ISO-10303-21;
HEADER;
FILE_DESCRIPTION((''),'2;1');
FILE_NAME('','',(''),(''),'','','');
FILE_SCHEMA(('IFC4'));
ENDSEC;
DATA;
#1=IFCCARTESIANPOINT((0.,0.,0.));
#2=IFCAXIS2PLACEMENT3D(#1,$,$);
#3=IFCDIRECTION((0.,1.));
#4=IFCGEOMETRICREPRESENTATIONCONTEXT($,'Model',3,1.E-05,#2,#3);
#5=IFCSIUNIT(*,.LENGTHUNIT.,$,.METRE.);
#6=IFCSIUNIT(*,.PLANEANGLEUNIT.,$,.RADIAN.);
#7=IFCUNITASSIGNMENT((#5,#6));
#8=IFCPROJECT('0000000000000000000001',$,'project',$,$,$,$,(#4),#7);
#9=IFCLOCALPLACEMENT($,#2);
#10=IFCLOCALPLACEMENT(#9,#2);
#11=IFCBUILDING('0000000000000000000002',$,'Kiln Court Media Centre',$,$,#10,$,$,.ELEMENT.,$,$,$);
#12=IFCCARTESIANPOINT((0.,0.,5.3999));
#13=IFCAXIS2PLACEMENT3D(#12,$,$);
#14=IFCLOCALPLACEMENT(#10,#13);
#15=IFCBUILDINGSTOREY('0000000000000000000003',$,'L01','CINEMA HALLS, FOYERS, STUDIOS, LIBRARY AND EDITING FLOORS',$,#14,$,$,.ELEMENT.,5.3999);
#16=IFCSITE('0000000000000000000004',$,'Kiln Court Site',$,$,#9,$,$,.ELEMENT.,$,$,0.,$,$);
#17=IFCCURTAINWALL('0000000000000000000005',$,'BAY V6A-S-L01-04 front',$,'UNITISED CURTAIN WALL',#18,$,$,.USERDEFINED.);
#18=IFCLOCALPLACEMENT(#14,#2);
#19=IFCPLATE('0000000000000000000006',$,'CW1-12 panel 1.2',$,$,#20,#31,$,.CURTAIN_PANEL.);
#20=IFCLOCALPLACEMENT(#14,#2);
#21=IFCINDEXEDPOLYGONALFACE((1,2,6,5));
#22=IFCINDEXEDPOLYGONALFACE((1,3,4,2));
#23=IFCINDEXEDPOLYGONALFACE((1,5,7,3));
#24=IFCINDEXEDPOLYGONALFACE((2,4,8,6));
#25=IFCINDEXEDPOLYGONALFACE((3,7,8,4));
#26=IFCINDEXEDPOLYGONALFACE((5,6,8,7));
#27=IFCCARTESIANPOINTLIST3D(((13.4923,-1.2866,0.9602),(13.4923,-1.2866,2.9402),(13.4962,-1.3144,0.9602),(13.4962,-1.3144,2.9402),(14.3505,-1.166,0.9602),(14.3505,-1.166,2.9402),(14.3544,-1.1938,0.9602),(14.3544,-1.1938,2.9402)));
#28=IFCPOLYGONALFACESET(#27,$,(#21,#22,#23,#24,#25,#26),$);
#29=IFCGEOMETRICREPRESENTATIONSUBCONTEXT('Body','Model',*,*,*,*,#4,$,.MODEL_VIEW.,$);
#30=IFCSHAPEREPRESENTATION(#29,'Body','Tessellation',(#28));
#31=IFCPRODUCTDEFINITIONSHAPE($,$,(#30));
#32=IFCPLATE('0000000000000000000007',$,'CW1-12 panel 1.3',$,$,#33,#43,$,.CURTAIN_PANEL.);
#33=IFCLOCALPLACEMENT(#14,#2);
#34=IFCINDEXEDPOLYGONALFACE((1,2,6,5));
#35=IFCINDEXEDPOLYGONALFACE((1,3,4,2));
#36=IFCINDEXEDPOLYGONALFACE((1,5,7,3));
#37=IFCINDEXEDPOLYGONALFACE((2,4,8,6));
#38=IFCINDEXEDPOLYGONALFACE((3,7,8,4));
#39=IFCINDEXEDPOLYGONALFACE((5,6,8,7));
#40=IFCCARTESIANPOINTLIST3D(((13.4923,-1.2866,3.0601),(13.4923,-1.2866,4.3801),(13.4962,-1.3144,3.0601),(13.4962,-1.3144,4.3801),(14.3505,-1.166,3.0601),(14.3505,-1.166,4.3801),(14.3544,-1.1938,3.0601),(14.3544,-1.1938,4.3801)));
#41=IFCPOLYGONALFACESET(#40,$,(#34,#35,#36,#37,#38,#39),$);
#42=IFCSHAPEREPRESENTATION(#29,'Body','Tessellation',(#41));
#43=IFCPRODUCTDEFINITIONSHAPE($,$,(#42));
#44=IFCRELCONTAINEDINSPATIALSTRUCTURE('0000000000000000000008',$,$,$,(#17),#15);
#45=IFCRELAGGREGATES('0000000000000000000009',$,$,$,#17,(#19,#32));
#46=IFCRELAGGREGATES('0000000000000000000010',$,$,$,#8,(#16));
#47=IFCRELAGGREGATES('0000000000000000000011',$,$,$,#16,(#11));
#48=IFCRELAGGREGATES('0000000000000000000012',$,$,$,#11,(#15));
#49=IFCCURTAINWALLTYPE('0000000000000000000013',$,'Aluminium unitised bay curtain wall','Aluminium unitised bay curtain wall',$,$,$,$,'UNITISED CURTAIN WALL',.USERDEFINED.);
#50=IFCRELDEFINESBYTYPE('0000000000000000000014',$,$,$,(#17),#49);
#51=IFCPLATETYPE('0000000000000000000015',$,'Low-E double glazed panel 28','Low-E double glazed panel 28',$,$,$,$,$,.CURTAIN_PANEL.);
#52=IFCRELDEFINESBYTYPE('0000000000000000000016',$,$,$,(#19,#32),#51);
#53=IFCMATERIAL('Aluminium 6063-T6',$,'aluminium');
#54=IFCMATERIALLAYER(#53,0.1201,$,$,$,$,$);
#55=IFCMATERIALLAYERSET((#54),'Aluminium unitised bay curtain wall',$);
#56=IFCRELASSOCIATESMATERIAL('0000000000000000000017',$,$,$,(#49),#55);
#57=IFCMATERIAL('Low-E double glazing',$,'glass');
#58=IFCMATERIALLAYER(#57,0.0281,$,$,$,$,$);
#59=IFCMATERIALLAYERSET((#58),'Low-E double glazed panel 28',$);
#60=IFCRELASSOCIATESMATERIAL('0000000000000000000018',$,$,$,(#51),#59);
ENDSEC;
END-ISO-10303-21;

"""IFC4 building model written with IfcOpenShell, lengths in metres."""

from ifc_helpers import new_model, si_unit, direction, frame, origin, origin_2d, place, context, subcontext, project, spatial, rectangle, extrude, material, layer, layer_set, type_object, element, aggregate, save


model = new_model("IFC4")

# Units and contexts
model_context = context("Model", 3, precision=1e-05, world=origin(), true_north=direction((0.0, 1.0)))
body_context = subcontext(model_context, "Body", "Model", "MODEL_VIEW")
ifc_project = project(units=[si_unit("LENGTHUNIT", "METRE"), si_unit("PLANEANGLEUNIT", "RADIAN")], contexts=[model_context])

# Site, building, storey
site_placement = place(None, origin())
site = spatial("IfcSite", under=ifc_project, at=site_placement, Name="Kiln Court Site", CompositionType="ELEMENT", RefElevation=0.0)
building_placement = place(site_placement, origin())
building = spatial("IfcBuilding", under=site, at=building_placement, Name="Kiln Court Media Centre", CompositionType="ELEMENT")
storey_placement = place(building_placement, frame((0.0, 0.0, 5.3999)))
storey = spatial("IfcBuildingStorey", under=building, at=storey_placement, Name="L01", Description="CINEMA HALLS, FOYERS, STUDIOS, LIBRARY AND EDITING FLOORS", CompositionType="ELEMENT", Elevation=5.3999)

# Curtain wall
ifc_material_1 = material(Name="Aluminium 6063-T6", Category="aluminium")
ifc_layer_1 = layer(ifc_material_1, 0.1201)
ifc_layer_set_1 = layer_set([ifc_layer_1], Name="Aluminium unitised bay curtain wall")
curtain_wall_type = type_object("IfcCurtainWallType", Name="Aluminium unitised bay curtain wall", Description="Aluminium unitised bay curtain wall", ElementType="UNITISED CURTAIN WALL", PredefinedType="USERDEFINED", material=ifc_layer_set_1)
curtain_wall_1_placement = place(storey_placement, origin())
curtain_wall_1 = element("IfcCurtainWall", 1, at=curtain_wall_1_placement, inside=storey, type_object=curtain_wall_type, Name="BAY V6A-S-L01-04 front", ObjectType="UNITISED CURTAIN WALL", PredefinedType="USERDEFINED")

# Plates
ifc_material_2 = material(Name="Low-E double glazing", Category="glass")
ifc_layer_2 = layer(ifc_material_2, 0.0281)
ifc_layer_set_2 = layer_set([ifc_layer_2], Name="Low-E double glazed panel 28")
plate_type_1 = type_object("IfcPlateType", Name="Low-E double glazed panel 28", Description="Low-E double glazed panel 28", PredefinedType="CURTAIN_PANEL", material=ifc_layer_set_2)
plate_1_placement = place(storey_placement, frame((13.9233, -1.2402, 0.9602), z_axis=(0.0, 0.0, 1.0), x_axis=(0.99027, 0.139162, 0.0)))
plate_1 = element("IfcPlate", 2, at=plate_1_placement, type_object=plate_type_1, Name="CW1-12 panel 1.2", PredefinedType="CURTAIN_PANEL", context=body_context, shape_type="SweptSolid", body=[
    extrude(rectangle(XDim=0.8667, YDim=0.0281, at=origin_2d()), origin(), (0.0, 0.0, 1.0), 1.98),
])
plate_2_placement = place(storey_placement, frame((13.9233, -1.2402, 3.0601), z_axis=(0.0, 0.0, 1.0), x_axis=(0.99027, 0.139162, 0.0)))
plate_2 = element("IfcPlate", 3, at=plate_2_placement, type_object=plate_type_1, Name="CW1-12 panel 1.3", PredefinedType="CURTAIN_PANEL", context=body_context, shape_type="SweptSolid", body=[
    extrude(rectangle(XDim=0.8667, YDim=0.0281, at=origin_2d()), origin(), (0.0, 0.0, 1.0), 1.3201),
])
aggregate(curtain_wall_1, [plate_1, plate_2])

save(model, "model.ifc")
